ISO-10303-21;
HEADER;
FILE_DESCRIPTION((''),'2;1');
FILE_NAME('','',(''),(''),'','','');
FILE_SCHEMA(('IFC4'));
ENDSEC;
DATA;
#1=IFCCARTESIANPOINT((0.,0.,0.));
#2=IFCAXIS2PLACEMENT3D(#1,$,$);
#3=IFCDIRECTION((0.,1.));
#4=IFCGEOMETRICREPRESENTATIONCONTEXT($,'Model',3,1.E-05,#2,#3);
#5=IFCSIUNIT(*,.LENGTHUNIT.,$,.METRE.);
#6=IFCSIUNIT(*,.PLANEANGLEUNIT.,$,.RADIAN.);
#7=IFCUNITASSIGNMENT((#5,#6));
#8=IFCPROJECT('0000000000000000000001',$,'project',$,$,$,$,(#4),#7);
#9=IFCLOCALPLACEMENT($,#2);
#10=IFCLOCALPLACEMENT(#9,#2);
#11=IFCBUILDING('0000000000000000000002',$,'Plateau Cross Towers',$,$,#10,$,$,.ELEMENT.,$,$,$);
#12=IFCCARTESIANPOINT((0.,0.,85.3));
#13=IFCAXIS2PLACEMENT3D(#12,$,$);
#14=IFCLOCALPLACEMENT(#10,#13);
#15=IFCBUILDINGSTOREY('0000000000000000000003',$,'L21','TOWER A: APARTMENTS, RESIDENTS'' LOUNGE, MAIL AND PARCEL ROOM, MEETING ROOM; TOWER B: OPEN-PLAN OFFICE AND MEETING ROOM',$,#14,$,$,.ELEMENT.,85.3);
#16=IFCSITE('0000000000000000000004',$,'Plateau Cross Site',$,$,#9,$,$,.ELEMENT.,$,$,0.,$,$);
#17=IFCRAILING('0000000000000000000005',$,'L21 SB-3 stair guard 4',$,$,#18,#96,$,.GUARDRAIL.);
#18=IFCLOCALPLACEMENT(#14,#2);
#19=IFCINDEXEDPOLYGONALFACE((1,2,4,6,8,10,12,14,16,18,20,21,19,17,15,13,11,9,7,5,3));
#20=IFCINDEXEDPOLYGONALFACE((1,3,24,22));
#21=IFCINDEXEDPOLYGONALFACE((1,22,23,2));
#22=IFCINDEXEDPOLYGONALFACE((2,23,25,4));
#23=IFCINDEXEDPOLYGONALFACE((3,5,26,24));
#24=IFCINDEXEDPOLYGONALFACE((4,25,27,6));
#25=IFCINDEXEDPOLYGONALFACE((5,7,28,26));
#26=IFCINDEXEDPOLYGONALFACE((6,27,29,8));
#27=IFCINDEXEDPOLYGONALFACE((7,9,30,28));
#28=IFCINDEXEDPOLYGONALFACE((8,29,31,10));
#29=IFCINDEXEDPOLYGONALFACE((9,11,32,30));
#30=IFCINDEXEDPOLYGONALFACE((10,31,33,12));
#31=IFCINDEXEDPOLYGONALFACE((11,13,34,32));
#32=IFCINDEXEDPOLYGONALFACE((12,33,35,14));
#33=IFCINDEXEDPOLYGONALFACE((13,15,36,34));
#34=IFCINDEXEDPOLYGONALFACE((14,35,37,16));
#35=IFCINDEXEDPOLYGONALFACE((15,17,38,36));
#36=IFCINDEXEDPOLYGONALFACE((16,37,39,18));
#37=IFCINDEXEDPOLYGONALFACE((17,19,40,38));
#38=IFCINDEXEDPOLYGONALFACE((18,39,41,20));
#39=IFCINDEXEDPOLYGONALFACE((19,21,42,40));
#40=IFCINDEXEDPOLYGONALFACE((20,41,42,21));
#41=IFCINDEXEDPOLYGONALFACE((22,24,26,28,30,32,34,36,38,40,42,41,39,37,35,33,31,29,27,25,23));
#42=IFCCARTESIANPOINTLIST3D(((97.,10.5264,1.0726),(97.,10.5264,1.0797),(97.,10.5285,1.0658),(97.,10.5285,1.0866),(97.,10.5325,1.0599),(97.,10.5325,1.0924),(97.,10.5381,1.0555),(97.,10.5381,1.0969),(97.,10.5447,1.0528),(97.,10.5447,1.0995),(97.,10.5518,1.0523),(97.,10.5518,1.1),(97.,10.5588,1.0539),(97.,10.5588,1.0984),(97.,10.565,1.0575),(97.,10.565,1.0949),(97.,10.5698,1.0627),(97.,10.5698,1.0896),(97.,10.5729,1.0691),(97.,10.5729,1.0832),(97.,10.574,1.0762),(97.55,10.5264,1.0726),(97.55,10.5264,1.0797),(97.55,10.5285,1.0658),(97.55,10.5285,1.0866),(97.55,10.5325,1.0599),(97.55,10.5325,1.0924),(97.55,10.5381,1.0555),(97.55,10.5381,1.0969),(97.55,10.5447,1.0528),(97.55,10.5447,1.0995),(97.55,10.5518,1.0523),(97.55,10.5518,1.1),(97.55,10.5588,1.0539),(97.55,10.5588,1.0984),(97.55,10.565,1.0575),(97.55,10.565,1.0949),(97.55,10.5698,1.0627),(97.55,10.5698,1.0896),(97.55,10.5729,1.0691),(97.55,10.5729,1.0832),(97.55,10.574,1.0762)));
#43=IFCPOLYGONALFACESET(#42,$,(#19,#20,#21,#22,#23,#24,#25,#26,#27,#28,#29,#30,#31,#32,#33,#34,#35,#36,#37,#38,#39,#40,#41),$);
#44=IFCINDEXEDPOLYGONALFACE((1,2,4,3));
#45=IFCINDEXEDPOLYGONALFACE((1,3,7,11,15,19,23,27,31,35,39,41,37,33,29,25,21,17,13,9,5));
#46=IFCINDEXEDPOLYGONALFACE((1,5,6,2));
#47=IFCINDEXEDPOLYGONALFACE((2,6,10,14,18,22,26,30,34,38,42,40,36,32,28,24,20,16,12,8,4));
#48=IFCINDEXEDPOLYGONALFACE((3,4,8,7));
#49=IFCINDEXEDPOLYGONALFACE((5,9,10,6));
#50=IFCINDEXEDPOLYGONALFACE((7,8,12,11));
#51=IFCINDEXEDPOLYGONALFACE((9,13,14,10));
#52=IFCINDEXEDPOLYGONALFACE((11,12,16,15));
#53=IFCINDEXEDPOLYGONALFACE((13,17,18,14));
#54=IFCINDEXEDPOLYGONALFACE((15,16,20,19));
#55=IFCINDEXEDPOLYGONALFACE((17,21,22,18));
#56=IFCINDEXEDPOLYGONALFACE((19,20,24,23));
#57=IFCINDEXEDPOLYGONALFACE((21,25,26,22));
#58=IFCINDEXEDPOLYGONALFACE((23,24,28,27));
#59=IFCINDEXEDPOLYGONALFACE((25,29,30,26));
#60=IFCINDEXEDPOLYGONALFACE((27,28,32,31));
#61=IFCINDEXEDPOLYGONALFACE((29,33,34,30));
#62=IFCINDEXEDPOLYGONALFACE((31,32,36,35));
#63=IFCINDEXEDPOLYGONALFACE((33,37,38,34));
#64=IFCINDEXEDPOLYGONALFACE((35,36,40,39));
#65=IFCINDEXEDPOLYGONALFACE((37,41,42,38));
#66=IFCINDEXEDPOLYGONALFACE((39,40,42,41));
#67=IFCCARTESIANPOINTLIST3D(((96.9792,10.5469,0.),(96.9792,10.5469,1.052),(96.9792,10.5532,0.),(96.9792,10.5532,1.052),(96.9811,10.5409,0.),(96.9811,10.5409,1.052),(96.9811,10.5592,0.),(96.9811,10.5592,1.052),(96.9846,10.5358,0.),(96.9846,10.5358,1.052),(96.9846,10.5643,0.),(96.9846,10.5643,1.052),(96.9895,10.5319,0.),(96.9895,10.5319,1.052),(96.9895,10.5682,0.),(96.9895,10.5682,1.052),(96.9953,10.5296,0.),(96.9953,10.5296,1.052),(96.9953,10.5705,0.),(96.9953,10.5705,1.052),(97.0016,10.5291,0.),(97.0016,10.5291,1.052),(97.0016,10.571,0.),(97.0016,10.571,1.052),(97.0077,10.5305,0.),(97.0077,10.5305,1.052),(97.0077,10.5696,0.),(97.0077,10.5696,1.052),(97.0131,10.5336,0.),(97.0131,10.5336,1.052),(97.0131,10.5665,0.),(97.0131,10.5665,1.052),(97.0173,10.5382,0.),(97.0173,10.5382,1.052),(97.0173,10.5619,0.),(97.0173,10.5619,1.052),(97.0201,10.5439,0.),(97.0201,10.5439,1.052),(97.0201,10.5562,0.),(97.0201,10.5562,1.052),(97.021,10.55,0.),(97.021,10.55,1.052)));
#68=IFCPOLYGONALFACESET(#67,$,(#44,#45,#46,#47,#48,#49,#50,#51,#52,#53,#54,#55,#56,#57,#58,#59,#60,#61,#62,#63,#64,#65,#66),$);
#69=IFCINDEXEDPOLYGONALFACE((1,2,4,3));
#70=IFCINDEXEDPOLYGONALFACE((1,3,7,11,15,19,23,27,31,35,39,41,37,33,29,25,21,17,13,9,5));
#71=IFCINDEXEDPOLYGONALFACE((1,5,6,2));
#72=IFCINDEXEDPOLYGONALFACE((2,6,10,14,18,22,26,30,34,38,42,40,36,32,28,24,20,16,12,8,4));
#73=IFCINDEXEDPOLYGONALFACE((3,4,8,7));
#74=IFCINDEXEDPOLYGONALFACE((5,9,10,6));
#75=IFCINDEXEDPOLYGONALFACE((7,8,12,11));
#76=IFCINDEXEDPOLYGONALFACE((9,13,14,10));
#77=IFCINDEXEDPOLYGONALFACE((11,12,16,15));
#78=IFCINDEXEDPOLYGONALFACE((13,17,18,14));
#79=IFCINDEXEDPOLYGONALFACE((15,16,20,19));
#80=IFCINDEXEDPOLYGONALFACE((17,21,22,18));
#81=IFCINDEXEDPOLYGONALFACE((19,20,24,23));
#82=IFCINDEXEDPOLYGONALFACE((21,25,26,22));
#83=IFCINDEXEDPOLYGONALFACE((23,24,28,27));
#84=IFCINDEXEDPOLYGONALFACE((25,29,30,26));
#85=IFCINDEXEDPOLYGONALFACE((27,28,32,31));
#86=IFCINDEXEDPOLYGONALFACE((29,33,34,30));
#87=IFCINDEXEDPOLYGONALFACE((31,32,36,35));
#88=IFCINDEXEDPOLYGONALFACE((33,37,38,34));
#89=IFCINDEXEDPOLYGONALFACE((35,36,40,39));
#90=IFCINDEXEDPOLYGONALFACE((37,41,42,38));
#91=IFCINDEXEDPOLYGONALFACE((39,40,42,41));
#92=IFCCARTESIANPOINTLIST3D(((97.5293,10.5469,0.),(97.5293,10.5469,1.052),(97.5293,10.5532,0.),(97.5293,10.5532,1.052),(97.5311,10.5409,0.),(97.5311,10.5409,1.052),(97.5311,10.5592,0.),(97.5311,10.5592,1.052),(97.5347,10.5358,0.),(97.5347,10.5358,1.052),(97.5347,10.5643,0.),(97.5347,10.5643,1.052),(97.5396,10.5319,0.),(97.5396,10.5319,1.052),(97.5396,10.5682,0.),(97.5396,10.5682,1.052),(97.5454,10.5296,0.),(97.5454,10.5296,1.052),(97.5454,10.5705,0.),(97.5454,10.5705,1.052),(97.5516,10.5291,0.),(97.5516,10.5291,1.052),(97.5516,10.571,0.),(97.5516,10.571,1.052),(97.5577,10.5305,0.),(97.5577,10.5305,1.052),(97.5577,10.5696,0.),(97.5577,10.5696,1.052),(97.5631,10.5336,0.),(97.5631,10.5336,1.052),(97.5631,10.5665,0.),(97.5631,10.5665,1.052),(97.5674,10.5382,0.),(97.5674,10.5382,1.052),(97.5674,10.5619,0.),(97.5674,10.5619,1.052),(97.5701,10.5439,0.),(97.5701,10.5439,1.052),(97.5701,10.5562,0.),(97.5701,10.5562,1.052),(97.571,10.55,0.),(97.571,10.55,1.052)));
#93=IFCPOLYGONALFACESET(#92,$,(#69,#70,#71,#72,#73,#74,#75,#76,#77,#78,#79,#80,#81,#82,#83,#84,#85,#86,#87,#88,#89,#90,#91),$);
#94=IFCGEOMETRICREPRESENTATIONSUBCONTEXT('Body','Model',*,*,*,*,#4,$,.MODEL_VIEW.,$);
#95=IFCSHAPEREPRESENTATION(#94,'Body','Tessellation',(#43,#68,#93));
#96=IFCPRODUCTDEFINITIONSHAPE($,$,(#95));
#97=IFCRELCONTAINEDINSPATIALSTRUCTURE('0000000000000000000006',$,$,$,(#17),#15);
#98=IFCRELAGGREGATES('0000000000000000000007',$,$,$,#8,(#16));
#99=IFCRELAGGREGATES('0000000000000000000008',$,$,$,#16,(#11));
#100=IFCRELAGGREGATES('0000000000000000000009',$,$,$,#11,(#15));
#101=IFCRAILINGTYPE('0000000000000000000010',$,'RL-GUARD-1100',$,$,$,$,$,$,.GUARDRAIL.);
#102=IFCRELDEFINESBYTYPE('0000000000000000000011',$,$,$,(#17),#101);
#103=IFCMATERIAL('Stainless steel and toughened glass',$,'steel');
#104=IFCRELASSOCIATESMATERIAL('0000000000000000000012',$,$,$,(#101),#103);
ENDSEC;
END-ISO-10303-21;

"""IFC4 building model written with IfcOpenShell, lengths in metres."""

from ifc_helpers import new_model, si_unit, direction, frame, origin, origin_2d, place, context, subcontext, project, spatial, circle, extrude, material, type_object, element, save


model = new_model("IFC4")

# Units and contexts
model_context = context("Model", 3, precision=1e-05, world=origin(), true_north=direction((0.0, 1.0)))
body_context = subcontext(model_context, "Body", "Model", "MODEL_VIEW")
ifc_project = project(units=[si_unit("LENGTHUNIT", "METRE"), si_unit("PLANEANGLEUNIT", "RADIAN")], contexts=[model_context])

# Site, building, storey
site_placement = place(None, origin())
site = spatial("IfcSite", under=ifc_project, at=site_placement, Name="Plateau Cross Site", CompositionType="ELEMENT", RefElevation=0.0)
building_placement = place(site_placement, origin())
building = spatial("IfcBuilding", under=site, at=building_placement, Name="Plateau Cross Towers", CompositionType="ELEMENT")
storey_placement = place(building_placement, frame((0.0, 0.0, 85.3)))
storey = spatial("IfcBuildingStorey", under=building, at=storey_placement, Name="L21", Description="TOWER A: APARTMENTS, RESIDENTS' LOUNGE, MAIL AND PARCEL ROOM, MEETING ROOM; TOWER B: OPEN-PLAN OFFICE AND MEETING ROOM", CompositionType="ELEMENT", Elevation=85.3)

# Railing
ifc_material_1 = material(Name="Stainless steel and toughened glass", Category="steel")
railing_type_1 = type_object("IfcRailingType", Name="RL-GUARD-1100", PredefinedType="GUARDRAIL", material=ifc_material_1)
railing_1_placement = place(storey_placement, frame((97.0, 10.55, 0.0)))
element("IfcRailing", 1, at=railing_1_placement, inside=storey, type_object=railing_type_1, Name="L21 SB-3 stair guard 4", PredefinedType="GUARDRAIL", context=body_context, shape_type="SweptSolid", body=[
    extrude(circle(Radius=0.0239, at=origin_2d()), frame((0.0, 0.0, 1.0762), z_axis=(1.0, 0.0, 0.0), x_axis=(0.0, 1.0, 0.0)), (0.0, 0.0, 1.0), 0.55),
    extrude(circle(Radius=0.021, at=origin_2d()), origin(), (0.0, 0.0, 1.0), 1.052),
    extrude(circle(Radius=0.021, at=origin_2d()), frame((0.55, 0.0, 0.0)), (0.0, 0.0, 1.0), 1.052),
])

save(model, "model.ifc")
